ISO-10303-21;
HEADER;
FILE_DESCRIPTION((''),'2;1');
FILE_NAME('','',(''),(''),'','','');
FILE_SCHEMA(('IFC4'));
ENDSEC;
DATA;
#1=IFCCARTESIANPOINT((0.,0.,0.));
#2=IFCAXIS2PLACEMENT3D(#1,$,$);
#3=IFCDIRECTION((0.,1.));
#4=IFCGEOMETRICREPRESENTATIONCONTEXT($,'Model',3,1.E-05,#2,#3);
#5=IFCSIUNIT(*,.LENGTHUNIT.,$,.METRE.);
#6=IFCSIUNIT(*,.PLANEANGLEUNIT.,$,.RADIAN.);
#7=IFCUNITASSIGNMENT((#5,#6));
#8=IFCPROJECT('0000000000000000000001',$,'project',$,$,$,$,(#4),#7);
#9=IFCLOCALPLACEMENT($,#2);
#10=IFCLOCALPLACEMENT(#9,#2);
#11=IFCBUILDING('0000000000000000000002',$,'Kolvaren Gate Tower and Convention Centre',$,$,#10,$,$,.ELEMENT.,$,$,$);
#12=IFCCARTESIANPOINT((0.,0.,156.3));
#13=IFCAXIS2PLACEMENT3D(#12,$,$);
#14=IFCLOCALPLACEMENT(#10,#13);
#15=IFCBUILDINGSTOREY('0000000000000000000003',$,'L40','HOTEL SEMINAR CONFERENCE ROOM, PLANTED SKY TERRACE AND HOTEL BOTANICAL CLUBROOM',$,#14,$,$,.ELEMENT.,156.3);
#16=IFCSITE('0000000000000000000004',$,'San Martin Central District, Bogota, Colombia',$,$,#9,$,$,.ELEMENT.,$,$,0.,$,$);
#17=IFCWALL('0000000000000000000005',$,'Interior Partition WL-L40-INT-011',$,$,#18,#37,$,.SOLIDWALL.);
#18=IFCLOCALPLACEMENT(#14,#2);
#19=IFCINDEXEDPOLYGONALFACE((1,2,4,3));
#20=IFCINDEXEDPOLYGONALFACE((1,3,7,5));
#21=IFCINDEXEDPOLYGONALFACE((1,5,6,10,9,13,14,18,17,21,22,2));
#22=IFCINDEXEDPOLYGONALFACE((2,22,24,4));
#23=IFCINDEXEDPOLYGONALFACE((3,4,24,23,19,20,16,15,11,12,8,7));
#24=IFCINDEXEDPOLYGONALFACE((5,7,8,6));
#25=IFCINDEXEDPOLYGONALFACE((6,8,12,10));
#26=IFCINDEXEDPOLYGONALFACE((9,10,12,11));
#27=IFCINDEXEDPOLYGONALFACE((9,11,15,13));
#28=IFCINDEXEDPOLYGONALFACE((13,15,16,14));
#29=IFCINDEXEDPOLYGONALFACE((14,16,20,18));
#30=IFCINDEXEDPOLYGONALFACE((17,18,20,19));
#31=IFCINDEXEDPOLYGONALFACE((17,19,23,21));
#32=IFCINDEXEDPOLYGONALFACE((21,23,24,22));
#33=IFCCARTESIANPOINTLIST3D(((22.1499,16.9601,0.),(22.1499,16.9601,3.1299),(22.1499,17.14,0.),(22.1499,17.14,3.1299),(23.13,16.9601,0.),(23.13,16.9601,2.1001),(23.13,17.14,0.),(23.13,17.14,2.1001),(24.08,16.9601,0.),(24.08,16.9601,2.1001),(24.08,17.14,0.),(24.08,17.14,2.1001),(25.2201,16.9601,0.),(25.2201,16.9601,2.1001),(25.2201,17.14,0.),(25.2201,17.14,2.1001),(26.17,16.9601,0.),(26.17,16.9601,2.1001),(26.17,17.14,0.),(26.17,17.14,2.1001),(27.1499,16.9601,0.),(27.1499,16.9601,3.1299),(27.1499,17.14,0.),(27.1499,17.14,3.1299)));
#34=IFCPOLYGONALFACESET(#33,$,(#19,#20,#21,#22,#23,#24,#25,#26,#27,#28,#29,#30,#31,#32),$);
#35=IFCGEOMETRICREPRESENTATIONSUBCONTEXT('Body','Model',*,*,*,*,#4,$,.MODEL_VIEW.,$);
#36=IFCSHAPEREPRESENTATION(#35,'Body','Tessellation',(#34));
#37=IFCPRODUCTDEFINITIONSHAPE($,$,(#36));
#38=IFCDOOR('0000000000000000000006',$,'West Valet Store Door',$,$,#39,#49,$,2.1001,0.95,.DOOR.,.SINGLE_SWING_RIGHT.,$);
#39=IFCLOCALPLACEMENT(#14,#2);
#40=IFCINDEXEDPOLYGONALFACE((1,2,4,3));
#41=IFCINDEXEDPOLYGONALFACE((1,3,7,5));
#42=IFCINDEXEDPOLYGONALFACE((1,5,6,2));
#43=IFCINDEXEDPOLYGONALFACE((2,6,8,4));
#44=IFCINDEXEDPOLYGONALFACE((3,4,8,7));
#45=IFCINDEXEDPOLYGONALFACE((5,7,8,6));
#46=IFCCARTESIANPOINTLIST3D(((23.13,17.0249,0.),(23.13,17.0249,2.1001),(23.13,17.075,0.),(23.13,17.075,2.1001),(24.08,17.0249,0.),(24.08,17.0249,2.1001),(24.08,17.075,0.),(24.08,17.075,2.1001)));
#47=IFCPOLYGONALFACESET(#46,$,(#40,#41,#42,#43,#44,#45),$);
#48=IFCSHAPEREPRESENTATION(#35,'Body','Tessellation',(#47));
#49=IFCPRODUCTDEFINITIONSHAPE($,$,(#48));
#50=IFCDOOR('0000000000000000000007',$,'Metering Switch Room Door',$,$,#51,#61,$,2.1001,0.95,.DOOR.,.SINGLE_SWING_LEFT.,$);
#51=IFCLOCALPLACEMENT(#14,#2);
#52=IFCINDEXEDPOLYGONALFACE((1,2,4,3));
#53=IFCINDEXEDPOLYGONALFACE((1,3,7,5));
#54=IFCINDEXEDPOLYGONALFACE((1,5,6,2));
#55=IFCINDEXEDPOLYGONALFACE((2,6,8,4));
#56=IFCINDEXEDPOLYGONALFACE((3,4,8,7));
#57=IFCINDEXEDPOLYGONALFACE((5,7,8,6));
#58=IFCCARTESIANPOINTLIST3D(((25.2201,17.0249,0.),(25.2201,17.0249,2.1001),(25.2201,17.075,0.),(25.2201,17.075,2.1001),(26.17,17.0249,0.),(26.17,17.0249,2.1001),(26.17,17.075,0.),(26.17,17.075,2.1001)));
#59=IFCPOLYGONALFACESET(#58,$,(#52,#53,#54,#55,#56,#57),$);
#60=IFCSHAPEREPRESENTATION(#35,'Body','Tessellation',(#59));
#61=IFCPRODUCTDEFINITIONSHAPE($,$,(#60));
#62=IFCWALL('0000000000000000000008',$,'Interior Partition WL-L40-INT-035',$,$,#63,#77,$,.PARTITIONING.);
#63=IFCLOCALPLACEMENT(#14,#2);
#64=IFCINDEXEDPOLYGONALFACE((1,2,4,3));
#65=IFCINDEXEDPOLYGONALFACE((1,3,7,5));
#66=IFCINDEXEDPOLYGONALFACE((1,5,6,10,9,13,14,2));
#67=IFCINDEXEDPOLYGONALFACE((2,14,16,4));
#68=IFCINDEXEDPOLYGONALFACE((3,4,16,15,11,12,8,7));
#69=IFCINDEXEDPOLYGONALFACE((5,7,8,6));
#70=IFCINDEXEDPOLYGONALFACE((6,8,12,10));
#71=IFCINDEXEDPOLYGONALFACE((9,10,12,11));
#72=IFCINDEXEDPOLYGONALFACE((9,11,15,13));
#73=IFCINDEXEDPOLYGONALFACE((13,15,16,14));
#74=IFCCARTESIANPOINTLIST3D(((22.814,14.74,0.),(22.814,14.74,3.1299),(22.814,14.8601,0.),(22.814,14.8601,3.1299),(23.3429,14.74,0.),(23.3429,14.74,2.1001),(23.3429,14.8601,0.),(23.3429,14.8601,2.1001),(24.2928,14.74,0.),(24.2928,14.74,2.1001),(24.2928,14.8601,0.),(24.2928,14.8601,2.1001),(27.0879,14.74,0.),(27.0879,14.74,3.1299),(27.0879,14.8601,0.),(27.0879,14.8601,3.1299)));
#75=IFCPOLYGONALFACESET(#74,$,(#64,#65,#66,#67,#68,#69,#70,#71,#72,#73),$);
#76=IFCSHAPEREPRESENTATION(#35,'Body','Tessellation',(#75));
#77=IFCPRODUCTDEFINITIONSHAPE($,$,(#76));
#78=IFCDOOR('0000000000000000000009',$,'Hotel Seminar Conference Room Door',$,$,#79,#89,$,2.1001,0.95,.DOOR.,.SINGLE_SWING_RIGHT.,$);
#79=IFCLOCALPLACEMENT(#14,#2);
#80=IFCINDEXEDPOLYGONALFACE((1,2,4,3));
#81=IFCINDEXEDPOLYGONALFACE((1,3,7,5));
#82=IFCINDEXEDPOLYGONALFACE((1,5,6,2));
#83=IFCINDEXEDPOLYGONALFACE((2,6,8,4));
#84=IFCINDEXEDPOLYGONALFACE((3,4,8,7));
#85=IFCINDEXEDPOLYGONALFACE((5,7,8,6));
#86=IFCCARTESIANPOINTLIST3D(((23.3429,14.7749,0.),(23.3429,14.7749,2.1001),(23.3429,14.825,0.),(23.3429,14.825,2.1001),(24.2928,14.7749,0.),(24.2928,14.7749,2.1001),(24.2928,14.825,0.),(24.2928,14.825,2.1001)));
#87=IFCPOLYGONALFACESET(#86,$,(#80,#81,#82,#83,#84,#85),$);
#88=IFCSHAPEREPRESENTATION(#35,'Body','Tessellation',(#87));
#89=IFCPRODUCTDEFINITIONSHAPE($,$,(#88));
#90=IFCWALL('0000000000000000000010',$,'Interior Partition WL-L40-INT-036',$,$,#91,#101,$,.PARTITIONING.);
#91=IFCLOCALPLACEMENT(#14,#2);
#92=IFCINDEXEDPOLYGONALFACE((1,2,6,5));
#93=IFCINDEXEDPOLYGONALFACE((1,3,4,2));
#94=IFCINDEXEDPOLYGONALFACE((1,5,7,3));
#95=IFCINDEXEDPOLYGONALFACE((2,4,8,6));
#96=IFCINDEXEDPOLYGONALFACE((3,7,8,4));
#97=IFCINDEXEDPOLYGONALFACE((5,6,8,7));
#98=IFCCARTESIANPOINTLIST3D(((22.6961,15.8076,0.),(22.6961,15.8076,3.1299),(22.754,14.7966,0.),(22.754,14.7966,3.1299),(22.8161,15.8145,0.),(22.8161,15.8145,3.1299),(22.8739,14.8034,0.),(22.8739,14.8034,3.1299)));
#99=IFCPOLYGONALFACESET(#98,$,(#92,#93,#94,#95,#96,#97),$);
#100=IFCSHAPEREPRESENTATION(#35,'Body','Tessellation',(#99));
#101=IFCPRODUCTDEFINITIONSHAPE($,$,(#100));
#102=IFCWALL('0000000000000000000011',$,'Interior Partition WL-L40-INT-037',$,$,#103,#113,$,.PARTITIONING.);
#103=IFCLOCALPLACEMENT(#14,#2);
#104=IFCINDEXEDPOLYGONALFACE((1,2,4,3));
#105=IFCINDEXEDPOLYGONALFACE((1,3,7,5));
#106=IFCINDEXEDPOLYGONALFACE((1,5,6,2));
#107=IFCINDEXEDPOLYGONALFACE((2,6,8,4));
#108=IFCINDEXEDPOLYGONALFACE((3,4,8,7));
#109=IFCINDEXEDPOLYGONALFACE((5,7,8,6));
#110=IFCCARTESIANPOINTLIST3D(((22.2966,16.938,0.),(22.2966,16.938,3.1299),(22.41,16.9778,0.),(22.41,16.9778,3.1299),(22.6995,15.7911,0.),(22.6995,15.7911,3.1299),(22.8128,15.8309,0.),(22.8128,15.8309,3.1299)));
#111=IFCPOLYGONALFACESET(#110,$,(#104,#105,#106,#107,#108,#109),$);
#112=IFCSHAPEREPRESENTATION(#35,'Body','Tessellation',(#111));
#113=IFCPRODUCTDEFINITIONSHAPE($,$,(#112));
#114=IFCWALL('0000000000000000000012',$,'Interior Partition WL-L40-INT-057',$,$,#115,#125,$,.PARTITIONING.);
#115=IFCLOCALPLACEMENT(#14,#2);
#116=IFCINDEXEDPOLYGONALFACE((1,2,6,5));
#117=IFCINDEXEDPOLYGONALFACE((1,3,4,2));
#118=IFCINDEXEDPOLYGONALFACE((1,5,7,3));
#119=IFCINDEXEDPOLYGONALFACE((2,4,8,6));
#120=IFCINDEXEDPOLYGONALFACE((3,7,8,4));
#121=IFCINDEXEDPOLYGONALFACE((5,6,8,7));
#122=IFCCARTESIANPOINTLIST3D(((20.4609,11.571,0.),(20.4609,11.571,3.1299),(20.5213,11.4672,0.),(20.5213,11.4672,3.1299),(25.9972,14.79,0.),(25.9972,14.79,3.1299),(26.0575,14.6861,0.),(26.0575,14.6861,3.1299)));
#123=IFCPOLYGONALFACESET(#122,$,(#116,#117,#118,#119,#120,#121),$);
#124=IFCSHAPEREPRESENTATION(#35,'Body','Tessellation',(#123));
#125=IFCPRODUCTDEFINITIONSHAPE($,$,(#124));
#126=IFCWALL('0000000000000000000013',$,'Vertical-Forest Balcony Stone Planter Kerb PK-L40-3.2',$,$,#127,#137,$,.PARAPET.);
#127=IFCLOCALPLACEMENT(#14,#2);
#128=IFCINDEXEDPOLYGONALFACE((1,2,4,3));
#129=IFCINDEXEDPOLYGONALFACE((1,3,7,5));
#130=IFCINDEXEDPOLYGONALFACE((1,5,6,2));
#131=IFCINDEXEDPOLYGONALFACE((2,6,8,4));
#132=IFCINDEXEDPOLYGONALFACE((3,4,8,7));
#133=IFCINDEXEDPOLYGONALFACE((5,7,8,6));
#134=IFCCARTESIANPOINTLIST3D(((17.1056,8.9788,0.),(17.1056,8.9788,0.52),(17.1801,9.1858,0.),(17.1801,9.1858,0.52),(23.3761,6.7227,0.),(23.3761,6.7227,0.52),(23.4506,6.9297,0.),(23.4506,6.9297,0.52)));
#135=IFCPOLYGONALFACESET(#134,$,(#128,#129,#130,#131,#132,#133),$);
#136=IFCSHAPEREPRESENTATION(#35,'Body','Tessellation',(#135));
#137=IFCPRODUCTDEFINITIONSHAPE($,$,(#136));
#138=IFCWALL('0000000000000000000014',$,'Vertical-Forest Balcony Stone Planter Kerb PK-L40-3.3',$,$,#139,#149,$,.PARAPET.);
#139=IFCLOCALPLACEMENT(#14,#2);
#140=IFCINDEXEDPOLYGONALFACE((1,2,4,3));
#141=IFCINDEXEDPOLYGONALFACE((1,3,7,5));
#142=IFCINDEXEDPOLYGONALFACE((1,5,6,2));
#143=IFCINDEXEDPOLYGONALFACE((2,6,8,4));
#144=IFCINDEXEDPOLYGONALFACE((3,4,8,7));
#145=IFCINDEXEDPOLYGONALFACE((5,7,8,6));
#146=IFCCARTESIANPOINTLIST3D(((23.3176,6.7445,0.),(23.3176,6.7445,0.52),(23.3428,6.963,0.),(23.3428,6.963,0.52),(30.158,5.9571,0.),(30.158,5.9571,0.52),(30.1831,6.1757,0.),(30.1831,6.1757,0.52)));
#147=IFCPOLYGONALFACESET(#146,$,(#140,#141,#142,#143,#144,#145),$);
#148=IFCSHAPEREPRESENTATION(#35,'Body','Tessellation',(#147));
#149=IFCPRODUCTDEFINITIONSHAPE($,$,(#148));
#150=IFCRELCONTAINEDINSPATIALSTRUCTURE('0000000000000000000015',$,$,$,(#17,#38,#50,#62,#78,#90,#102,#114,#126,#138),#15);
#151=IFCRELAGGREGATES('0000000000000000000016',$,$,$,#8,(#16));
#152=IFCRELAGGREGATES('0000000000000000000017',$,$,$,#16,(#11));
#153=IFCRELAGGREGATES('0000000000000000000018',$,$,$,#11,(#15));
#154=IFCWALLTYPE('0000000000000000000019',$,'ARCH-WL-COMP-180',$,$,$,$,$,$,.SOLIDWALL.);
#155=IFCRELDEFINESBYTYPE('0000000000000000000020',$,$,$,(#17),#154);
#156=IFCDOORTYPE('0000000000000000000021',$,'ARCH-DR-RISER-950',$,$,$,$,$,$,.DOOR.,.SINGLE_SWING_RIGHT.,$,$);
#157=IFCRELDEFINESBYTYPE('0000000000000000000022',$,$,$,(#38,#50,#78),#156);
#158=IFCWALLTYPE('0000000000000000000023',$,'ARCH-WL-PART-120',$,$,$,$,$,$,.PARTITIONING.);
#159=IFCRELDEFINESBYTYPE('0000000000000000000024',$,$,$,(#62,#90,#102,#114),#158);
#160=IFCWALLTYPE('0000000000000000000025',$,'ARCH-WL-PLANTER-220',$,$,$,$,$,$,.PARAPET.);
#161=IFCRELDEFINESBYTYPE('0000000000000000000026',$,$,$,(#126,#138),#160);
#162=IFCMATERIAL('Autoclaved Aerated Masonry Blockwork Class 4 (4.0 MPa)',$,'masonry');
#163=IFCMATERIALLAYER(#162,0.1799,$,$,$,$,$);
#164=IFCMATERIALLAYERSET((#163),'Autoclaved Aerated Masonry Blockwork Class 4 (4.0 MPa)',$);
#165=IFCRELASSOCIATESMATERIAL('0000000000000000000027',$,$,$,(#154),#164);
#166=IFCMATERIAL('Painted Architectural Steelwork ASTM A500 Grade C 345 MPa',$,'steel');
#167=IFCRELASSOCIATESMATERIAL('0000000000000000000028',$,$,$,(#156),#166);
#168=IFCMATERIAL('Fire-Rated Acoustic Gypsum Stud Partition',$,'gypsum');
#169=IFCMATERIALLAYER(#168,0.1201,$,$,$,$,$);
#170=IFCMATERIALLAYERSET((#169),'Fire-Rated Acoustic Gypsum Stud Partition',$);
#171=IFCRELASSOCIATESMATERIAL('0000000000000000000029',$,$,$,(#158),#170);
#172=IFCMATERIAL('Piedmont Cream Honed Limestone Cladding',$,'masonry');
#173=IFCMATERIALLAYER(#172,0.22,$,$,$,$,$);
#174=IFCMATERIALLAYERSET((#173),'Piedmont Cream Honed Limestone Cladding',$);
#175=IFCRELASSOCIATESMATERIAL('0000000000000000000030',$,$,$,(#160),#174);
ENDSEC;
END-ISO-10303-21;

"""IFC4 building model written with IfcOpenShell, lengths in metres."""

from ifc_helpers import new_model, si_unit, direction, frame, frame_2d, origin, place, context, subcontext, project, spatial, rectangle, extrude, material, layer, layer_set, type_object, element, fill, save


model = new_model("IFC4")

# Units and contexts
model_context = context("Model", 3, precision=1e-05, world=origin(), true_north=direction((0.0, 1.0)))
body_context = subcontext(model_context, "Body", "Model", "MODEL_VIEW")
ifc_project = project(units=[si_unit("LENGTHUNIT", "METRE"), si_unit("PLANEANGLEUNIT", "RADIAN")], contexts=[model_context])

# Site, building, storey
site_placement = place(None, origin())
site = spatial("IfcSite", under=ifc_project, at=site_placement, Name="San Martin Central District, Bogota, Colombia", CompositionType="ELEMENT", RefElevation=0.0)
building_placement = place(site_placement, origin())
building = spatial("IfcBuilding", under=site, at=building_placement, Name="Kolvaren Gate Tower and Convention Centre", CompositionType="ELEMENT")
storey_placement = place(building_placement, frame((0.0, 0.0, 156.3)))
storey = spatial("IfcBuildingStorey", under=building, at=storey_placement, Name="L40", Description="HOTEL SEMINAR CONFERENCE ROOM, PLANTED SKY TERRACE AND HOTEL BOTANICAL CLUBROOM", CompositionType="ELEMENT", Elevation=156.3)

# Wall, openings, doors
ifc_material_1 = material(Name="Autoclaved Aerated Masonry Blockwork Class 4 (4.0 MPa)", Category="masonry")
ifc_layer_1 = layer(ifc_material_1, 0.1799)
ifc_layer_set_1 = layer_set([ifc_layer_1], Name="Autoclaved Aerated Masonry Blockwork Class 4 (4.0 MPa)")
wall_type_1 = type_object("IfcWallType", Name="ARCH-WL-COMP-180", PredefinedType="SOLIDWALL", material=ifc_layer_set_1)
wall_1_placement = place(storey_placement, frame((22.1499, 17.05, 0.0), z_axis=(0.0, 0.0, 1.0), x_axis=(1.0, 0.0, 0.0)))
wall_1 = element("IfcWall", 1, at=wall_1_placement, inside=storey, type_object=wall_type_1, Name="Interior Partition WL-L40-INT-011", PredefinedType="SOLIDWALL", context=body_context, shape_type="SweptSolid", body=[
    extrude(rectangle(XDim=5.0, YDim=0.1799, at=frame_2d((2.5, 0.0))), origin(), (0.0, 0.0, 1.0), 3.1299),
])
opening_1_placement = place(wall_1_placement, frame((0.98, 0.0, 0.0)))
opening_1 = element("IfcOpeningElement", 2, at=opening_1_placement, cuts=wall_1, PredefinedType="OPENING", context=body_context, shape_type="SweptSolid", body=[
    extrude(rectangle(XDim=0.95, YDim=2.1001, at=frame_2d((0.4751, 1.05))), frame((0.0, 0.0999, 0.0), z_axis=(0.0, -1.0, 0.0), x_axis=(1.0, 0.0, 0.0)), (0.0, 0.0, 1.0), 0.2),
])
opening_2_placement = place(wall_1_placement, frame((3.0701, 0.0, 0.0)))
opening_2 = element("IfcOpeningElement", 3, at=opening_2_placement, cuts=wall_1, PredefinedType="OPENING", context=body_context, shape_type="SweptSolid", body=[
    extrude(rectangle(XDim=0.95, YDim=2.1001, at=frame_2d((0.4751, 1.05))), frame((0.0, 0.0999, 0.0), z_axis=(0.0, -1.0, 0.0), x_axis=(1.0, 0.0, 0.0)), (0.0, 0.0, 1.0), 0.2),
])
ifc_material_2 = material(Name="Painted Architectural Steelwork ASTM A500 Grade C 345 MPa", Category="steel")
door_type_1 = type_object("IfcDoorType", Name="ARCH-DR-RISER-950", OperationType="SINGLE_SWING_RIGHT", PredefinedType="DOOR", material=ifc_material_2)
door_1_placement = place(opening_1_placement, origin())
door_1 = element("IfcDoor", 4, at=door_1_placement, inside=storey, type_object=door_type_1, Name="West Valet Store Door", OperationType="SINGLE_SWING_RIGHT", OverallHeight=2.1001, OverallWidth=0.95, PredefinedType="DOOR", context=body_context, shape_type="SweptSolid", body=[
    extrude(rectangle(XDim=0.95, YDim=2.1001, at=frame_2d((0.4751, 1.05))), frame((0.0, 0.0249, 0.0), z_axis=(0.0, -1.0, 0.0), x_axis=(1.0, 0.0, 0.0)), (0.0, 0.0, 1.0), 0.05),
])
fill(opening_1, door_1)
door_2_placement = place(opening_2_placement, origin())
door_2 = element("IfcDoor", 5, at=door_2_placement, inside=storey, type_object=door_type_1, Name="Metering Switch Room Door", OperationType="SINGLE_SWING_LEFT", OverallHeight=2.1001, OverallWidth=0.95, PredefinedType="DOOR", context=body_context, shape_type="SweptSolid", body=[
    extrude(rectangle(XDim=0.95, YDim=2.1001, at=frame_2d((0.4751, 1.05))), frame((0.0, 0.0249, 0.0), z_axis=(0.0, -1.0, 0.0), x_axis=(1.0, 0.0, 0.0)), (0.0, 0.0, 1.0), 0.05),
])
fill(opening_2, door_2)

# Wall, opening, door
ifc_material_3 = material(Name="Fire-Rated Acoustic Gypsum Stud Partition", Category="gypsum")
ifc_layer_2 = layer(ifc_material_3, 0.1201)
ifc_layer_set_2 = layer_set([ifc_layer_2], Name="Fire-Rated Acoustic Gypsum Stud Partition")
wall_type_2 = type_object("IfcWallType", Name="ARCH-WL-PART-120", PredefinedType="PARTITIONING", material=ifc_layer_set_2)
wall_2_placement = place(storey_placement, frame((22.814, 14.8, 0.0), z_axis=(0.0, 0.0, 1.0), x_axis=(1.0, 0.0, 0.0)))
wall_2 = element("IfcWall", 6, at=wall_2_placement, inside=storey, type_object=wall_type_2, Name="Interior Partition WL-L40-INT-035", PredefinedType="PARTITIONING", context=body_context, shape_type="SweptSolid", body=[
    extrude(rectangle(XDim=4.2739, YDim=0.1201, at=frame_2d((2.137, 0.0))), origin(), (0.0, 0.0, 1.0), 3.1299),
])
opening_3_placement = place(wall_2_placement, frame((0.5288, 0.0, 0.0)))
opening_3 = element("IfcOpeningElement", 7, at=opening_3_placement, cuts=wall_2, PredefinedType="OPENING", context=body_context, shape_type="SweptSolid", body=[
    extrude(rectangle(XDim=0.95, YDim=2.1001, at=frame_2d((0.4751, 1.05))), frame((0.0, 0.0701, 0.0), z_axis=(0.0, -1.0, 0.0), x_axis=(1.0, 0.0, 0.0)), (0.0, 0.0, 1.0), 0.1401),
])
door_3_placement = place(opening_3_placement, origin())
door_3 = element("IfcDoor", 8, at=door_3_placement, inside=storey, type_object=door_type_1, Name="Hotel Seminar Conference Room Door", OperationType="SINGLE_SWING_RIGHT", OverallHeight=2.1001, OverallWidth=0.95, PredefinedType="DOOR", context=body_context, shape_type="SweptSolid", body=[
    extrude(rectangle(XDim=0.95, YDim=2.1001, at=frame_2d((0.4751, 1.05))), frame((0.0, 0.0249, 0.0), z_axis=(0.0, -1.0, 0.0), x_axis=(1.0, 0.0, 0.0)), (0.0, 0.0, 1.0), 0.05),
])
fill(opening_3, door_3)

# Walls
wall_3_placement = place(storey_placement, frame((22.7561, 15.811, 0.0), z_axis=(0.0, 0.0, 1.0), x_axis=(0.057139, -0.998366, 0.0)))
element("IfcWall", 9, at=wall_3_placement, inside=storey, type_object=wall_type_2, Name="Interior Partition WL-L40-INT-036", PredefinedType="PARTITIONING", context=body_context, shape_type="SweptSolid", body=[
    extrude(rectangle(XDim=1.0127, YDim=0.1201, at=frame_2d((0.5063, 0.0))), origin(), (0.0, 0.0, 1.0), 3.1299),
])
wall_4_placement = place(storey_placement, frame((22.3533, 16.958, 0.0), z_axis=(0.0, 0.0, 1.0), x_axis=(0.33137, -0.943501, 0.0)))
element("IfcWall", 10, at=wall_4_placement, inside=storey, type_object=wall_type_2, Name="Interior Partition WL-L40-INT-037", PredefinedType="PARTITIONING", context=body_context, shape_type="SweptSolid", body=[
    extrude(rectangle(XDim=1.2156, YDim=0.1201, at=frame_2d((0.6079, 0.0))), origin(), (0.0, 0.0, 1.0), 3.1299),
])
wall_5_placement = place(storey_placement, frame((20.491, 11.519, 0.0), z_axis=(0.0, 0.0, 1.0), x_axis=(0.864496, 0.50264, 0.0)))
element("IfcWall", 11, at=wall_5_placement, inside=storey, type_object=wall_type_2, Name="Interior Partition WL-L40-INT-057", PredefinedType="PARTITIONING", context=body_context, shape_type="SweptSolid", body=[
    extrude(rectangle(XDim=6.4041, YDim=0.1201, at=frame_2d((3.2021, 0.0))), origin(), (0.0, 0.0, 1.0), 3.1299),
])
ifc_material_4 = material(Name="Piedmont Cream Honed Limestone Cladding", Category="masonry")
ifc_layer_3 = layer(ifc_material_4, 0.22)
ifc_layer_set_3 = layer_set([ifc_layer_3], Name="Piedmont Cream Honed Limestone Cladding")
wall_type_3 = type_object("IfcWallType", Name="ARCH-WL-PLANTER-220", PredefinedType="PARAPET", material=ifc_layer_set_3)
wall_6_placement = place(storey_placement, frame((17.1428, 9.0823, 0.0), z_axis=(0.0, 0.0, 1.0), x_axis=(0.940949, -0.33855, 0.0)))
element("IfcWall", 12, at=wall_6_placement, inside=storey, type_object=wall_type_3, Name="Vertical-Forest Balcony Stone Planter Kerb PK-L40-3.2", PredefinedType="PARAPET", context=body_context, shape_type="SweptSolid", body=[
    extrude(rectangle(XDim=6.6641, YDim=0.22, at=frame_2d((3.332, 0.0))), origin(), (0.0, 0.0, 1.0), 0.52),
])
wall_7_placement = place(storey_placement, frame((23.3301, 6.8538, 0.0), z_axis=(0.0, 0.0, 1.0), x_axis=(0.993441, -0.11435, 0.0)))
element("IfcWall", 13, at=wall_7_placement, inside=storey, type_object=wall_type_3, Name="Vertical-Forest Balcony Stone Planter Kerb PK-L40-3.3", PredefinedType="PARAPET", context=body_context, shape_type="SweptSolid", body=[
    extrude(rectangle(XDim=6.8855, YDim=0.22, at=frame_2d((3.4429, 0.0))), origin(), (0.0, 0.0, 1.0), 0.52),
])

save(model, "model.ifc")
